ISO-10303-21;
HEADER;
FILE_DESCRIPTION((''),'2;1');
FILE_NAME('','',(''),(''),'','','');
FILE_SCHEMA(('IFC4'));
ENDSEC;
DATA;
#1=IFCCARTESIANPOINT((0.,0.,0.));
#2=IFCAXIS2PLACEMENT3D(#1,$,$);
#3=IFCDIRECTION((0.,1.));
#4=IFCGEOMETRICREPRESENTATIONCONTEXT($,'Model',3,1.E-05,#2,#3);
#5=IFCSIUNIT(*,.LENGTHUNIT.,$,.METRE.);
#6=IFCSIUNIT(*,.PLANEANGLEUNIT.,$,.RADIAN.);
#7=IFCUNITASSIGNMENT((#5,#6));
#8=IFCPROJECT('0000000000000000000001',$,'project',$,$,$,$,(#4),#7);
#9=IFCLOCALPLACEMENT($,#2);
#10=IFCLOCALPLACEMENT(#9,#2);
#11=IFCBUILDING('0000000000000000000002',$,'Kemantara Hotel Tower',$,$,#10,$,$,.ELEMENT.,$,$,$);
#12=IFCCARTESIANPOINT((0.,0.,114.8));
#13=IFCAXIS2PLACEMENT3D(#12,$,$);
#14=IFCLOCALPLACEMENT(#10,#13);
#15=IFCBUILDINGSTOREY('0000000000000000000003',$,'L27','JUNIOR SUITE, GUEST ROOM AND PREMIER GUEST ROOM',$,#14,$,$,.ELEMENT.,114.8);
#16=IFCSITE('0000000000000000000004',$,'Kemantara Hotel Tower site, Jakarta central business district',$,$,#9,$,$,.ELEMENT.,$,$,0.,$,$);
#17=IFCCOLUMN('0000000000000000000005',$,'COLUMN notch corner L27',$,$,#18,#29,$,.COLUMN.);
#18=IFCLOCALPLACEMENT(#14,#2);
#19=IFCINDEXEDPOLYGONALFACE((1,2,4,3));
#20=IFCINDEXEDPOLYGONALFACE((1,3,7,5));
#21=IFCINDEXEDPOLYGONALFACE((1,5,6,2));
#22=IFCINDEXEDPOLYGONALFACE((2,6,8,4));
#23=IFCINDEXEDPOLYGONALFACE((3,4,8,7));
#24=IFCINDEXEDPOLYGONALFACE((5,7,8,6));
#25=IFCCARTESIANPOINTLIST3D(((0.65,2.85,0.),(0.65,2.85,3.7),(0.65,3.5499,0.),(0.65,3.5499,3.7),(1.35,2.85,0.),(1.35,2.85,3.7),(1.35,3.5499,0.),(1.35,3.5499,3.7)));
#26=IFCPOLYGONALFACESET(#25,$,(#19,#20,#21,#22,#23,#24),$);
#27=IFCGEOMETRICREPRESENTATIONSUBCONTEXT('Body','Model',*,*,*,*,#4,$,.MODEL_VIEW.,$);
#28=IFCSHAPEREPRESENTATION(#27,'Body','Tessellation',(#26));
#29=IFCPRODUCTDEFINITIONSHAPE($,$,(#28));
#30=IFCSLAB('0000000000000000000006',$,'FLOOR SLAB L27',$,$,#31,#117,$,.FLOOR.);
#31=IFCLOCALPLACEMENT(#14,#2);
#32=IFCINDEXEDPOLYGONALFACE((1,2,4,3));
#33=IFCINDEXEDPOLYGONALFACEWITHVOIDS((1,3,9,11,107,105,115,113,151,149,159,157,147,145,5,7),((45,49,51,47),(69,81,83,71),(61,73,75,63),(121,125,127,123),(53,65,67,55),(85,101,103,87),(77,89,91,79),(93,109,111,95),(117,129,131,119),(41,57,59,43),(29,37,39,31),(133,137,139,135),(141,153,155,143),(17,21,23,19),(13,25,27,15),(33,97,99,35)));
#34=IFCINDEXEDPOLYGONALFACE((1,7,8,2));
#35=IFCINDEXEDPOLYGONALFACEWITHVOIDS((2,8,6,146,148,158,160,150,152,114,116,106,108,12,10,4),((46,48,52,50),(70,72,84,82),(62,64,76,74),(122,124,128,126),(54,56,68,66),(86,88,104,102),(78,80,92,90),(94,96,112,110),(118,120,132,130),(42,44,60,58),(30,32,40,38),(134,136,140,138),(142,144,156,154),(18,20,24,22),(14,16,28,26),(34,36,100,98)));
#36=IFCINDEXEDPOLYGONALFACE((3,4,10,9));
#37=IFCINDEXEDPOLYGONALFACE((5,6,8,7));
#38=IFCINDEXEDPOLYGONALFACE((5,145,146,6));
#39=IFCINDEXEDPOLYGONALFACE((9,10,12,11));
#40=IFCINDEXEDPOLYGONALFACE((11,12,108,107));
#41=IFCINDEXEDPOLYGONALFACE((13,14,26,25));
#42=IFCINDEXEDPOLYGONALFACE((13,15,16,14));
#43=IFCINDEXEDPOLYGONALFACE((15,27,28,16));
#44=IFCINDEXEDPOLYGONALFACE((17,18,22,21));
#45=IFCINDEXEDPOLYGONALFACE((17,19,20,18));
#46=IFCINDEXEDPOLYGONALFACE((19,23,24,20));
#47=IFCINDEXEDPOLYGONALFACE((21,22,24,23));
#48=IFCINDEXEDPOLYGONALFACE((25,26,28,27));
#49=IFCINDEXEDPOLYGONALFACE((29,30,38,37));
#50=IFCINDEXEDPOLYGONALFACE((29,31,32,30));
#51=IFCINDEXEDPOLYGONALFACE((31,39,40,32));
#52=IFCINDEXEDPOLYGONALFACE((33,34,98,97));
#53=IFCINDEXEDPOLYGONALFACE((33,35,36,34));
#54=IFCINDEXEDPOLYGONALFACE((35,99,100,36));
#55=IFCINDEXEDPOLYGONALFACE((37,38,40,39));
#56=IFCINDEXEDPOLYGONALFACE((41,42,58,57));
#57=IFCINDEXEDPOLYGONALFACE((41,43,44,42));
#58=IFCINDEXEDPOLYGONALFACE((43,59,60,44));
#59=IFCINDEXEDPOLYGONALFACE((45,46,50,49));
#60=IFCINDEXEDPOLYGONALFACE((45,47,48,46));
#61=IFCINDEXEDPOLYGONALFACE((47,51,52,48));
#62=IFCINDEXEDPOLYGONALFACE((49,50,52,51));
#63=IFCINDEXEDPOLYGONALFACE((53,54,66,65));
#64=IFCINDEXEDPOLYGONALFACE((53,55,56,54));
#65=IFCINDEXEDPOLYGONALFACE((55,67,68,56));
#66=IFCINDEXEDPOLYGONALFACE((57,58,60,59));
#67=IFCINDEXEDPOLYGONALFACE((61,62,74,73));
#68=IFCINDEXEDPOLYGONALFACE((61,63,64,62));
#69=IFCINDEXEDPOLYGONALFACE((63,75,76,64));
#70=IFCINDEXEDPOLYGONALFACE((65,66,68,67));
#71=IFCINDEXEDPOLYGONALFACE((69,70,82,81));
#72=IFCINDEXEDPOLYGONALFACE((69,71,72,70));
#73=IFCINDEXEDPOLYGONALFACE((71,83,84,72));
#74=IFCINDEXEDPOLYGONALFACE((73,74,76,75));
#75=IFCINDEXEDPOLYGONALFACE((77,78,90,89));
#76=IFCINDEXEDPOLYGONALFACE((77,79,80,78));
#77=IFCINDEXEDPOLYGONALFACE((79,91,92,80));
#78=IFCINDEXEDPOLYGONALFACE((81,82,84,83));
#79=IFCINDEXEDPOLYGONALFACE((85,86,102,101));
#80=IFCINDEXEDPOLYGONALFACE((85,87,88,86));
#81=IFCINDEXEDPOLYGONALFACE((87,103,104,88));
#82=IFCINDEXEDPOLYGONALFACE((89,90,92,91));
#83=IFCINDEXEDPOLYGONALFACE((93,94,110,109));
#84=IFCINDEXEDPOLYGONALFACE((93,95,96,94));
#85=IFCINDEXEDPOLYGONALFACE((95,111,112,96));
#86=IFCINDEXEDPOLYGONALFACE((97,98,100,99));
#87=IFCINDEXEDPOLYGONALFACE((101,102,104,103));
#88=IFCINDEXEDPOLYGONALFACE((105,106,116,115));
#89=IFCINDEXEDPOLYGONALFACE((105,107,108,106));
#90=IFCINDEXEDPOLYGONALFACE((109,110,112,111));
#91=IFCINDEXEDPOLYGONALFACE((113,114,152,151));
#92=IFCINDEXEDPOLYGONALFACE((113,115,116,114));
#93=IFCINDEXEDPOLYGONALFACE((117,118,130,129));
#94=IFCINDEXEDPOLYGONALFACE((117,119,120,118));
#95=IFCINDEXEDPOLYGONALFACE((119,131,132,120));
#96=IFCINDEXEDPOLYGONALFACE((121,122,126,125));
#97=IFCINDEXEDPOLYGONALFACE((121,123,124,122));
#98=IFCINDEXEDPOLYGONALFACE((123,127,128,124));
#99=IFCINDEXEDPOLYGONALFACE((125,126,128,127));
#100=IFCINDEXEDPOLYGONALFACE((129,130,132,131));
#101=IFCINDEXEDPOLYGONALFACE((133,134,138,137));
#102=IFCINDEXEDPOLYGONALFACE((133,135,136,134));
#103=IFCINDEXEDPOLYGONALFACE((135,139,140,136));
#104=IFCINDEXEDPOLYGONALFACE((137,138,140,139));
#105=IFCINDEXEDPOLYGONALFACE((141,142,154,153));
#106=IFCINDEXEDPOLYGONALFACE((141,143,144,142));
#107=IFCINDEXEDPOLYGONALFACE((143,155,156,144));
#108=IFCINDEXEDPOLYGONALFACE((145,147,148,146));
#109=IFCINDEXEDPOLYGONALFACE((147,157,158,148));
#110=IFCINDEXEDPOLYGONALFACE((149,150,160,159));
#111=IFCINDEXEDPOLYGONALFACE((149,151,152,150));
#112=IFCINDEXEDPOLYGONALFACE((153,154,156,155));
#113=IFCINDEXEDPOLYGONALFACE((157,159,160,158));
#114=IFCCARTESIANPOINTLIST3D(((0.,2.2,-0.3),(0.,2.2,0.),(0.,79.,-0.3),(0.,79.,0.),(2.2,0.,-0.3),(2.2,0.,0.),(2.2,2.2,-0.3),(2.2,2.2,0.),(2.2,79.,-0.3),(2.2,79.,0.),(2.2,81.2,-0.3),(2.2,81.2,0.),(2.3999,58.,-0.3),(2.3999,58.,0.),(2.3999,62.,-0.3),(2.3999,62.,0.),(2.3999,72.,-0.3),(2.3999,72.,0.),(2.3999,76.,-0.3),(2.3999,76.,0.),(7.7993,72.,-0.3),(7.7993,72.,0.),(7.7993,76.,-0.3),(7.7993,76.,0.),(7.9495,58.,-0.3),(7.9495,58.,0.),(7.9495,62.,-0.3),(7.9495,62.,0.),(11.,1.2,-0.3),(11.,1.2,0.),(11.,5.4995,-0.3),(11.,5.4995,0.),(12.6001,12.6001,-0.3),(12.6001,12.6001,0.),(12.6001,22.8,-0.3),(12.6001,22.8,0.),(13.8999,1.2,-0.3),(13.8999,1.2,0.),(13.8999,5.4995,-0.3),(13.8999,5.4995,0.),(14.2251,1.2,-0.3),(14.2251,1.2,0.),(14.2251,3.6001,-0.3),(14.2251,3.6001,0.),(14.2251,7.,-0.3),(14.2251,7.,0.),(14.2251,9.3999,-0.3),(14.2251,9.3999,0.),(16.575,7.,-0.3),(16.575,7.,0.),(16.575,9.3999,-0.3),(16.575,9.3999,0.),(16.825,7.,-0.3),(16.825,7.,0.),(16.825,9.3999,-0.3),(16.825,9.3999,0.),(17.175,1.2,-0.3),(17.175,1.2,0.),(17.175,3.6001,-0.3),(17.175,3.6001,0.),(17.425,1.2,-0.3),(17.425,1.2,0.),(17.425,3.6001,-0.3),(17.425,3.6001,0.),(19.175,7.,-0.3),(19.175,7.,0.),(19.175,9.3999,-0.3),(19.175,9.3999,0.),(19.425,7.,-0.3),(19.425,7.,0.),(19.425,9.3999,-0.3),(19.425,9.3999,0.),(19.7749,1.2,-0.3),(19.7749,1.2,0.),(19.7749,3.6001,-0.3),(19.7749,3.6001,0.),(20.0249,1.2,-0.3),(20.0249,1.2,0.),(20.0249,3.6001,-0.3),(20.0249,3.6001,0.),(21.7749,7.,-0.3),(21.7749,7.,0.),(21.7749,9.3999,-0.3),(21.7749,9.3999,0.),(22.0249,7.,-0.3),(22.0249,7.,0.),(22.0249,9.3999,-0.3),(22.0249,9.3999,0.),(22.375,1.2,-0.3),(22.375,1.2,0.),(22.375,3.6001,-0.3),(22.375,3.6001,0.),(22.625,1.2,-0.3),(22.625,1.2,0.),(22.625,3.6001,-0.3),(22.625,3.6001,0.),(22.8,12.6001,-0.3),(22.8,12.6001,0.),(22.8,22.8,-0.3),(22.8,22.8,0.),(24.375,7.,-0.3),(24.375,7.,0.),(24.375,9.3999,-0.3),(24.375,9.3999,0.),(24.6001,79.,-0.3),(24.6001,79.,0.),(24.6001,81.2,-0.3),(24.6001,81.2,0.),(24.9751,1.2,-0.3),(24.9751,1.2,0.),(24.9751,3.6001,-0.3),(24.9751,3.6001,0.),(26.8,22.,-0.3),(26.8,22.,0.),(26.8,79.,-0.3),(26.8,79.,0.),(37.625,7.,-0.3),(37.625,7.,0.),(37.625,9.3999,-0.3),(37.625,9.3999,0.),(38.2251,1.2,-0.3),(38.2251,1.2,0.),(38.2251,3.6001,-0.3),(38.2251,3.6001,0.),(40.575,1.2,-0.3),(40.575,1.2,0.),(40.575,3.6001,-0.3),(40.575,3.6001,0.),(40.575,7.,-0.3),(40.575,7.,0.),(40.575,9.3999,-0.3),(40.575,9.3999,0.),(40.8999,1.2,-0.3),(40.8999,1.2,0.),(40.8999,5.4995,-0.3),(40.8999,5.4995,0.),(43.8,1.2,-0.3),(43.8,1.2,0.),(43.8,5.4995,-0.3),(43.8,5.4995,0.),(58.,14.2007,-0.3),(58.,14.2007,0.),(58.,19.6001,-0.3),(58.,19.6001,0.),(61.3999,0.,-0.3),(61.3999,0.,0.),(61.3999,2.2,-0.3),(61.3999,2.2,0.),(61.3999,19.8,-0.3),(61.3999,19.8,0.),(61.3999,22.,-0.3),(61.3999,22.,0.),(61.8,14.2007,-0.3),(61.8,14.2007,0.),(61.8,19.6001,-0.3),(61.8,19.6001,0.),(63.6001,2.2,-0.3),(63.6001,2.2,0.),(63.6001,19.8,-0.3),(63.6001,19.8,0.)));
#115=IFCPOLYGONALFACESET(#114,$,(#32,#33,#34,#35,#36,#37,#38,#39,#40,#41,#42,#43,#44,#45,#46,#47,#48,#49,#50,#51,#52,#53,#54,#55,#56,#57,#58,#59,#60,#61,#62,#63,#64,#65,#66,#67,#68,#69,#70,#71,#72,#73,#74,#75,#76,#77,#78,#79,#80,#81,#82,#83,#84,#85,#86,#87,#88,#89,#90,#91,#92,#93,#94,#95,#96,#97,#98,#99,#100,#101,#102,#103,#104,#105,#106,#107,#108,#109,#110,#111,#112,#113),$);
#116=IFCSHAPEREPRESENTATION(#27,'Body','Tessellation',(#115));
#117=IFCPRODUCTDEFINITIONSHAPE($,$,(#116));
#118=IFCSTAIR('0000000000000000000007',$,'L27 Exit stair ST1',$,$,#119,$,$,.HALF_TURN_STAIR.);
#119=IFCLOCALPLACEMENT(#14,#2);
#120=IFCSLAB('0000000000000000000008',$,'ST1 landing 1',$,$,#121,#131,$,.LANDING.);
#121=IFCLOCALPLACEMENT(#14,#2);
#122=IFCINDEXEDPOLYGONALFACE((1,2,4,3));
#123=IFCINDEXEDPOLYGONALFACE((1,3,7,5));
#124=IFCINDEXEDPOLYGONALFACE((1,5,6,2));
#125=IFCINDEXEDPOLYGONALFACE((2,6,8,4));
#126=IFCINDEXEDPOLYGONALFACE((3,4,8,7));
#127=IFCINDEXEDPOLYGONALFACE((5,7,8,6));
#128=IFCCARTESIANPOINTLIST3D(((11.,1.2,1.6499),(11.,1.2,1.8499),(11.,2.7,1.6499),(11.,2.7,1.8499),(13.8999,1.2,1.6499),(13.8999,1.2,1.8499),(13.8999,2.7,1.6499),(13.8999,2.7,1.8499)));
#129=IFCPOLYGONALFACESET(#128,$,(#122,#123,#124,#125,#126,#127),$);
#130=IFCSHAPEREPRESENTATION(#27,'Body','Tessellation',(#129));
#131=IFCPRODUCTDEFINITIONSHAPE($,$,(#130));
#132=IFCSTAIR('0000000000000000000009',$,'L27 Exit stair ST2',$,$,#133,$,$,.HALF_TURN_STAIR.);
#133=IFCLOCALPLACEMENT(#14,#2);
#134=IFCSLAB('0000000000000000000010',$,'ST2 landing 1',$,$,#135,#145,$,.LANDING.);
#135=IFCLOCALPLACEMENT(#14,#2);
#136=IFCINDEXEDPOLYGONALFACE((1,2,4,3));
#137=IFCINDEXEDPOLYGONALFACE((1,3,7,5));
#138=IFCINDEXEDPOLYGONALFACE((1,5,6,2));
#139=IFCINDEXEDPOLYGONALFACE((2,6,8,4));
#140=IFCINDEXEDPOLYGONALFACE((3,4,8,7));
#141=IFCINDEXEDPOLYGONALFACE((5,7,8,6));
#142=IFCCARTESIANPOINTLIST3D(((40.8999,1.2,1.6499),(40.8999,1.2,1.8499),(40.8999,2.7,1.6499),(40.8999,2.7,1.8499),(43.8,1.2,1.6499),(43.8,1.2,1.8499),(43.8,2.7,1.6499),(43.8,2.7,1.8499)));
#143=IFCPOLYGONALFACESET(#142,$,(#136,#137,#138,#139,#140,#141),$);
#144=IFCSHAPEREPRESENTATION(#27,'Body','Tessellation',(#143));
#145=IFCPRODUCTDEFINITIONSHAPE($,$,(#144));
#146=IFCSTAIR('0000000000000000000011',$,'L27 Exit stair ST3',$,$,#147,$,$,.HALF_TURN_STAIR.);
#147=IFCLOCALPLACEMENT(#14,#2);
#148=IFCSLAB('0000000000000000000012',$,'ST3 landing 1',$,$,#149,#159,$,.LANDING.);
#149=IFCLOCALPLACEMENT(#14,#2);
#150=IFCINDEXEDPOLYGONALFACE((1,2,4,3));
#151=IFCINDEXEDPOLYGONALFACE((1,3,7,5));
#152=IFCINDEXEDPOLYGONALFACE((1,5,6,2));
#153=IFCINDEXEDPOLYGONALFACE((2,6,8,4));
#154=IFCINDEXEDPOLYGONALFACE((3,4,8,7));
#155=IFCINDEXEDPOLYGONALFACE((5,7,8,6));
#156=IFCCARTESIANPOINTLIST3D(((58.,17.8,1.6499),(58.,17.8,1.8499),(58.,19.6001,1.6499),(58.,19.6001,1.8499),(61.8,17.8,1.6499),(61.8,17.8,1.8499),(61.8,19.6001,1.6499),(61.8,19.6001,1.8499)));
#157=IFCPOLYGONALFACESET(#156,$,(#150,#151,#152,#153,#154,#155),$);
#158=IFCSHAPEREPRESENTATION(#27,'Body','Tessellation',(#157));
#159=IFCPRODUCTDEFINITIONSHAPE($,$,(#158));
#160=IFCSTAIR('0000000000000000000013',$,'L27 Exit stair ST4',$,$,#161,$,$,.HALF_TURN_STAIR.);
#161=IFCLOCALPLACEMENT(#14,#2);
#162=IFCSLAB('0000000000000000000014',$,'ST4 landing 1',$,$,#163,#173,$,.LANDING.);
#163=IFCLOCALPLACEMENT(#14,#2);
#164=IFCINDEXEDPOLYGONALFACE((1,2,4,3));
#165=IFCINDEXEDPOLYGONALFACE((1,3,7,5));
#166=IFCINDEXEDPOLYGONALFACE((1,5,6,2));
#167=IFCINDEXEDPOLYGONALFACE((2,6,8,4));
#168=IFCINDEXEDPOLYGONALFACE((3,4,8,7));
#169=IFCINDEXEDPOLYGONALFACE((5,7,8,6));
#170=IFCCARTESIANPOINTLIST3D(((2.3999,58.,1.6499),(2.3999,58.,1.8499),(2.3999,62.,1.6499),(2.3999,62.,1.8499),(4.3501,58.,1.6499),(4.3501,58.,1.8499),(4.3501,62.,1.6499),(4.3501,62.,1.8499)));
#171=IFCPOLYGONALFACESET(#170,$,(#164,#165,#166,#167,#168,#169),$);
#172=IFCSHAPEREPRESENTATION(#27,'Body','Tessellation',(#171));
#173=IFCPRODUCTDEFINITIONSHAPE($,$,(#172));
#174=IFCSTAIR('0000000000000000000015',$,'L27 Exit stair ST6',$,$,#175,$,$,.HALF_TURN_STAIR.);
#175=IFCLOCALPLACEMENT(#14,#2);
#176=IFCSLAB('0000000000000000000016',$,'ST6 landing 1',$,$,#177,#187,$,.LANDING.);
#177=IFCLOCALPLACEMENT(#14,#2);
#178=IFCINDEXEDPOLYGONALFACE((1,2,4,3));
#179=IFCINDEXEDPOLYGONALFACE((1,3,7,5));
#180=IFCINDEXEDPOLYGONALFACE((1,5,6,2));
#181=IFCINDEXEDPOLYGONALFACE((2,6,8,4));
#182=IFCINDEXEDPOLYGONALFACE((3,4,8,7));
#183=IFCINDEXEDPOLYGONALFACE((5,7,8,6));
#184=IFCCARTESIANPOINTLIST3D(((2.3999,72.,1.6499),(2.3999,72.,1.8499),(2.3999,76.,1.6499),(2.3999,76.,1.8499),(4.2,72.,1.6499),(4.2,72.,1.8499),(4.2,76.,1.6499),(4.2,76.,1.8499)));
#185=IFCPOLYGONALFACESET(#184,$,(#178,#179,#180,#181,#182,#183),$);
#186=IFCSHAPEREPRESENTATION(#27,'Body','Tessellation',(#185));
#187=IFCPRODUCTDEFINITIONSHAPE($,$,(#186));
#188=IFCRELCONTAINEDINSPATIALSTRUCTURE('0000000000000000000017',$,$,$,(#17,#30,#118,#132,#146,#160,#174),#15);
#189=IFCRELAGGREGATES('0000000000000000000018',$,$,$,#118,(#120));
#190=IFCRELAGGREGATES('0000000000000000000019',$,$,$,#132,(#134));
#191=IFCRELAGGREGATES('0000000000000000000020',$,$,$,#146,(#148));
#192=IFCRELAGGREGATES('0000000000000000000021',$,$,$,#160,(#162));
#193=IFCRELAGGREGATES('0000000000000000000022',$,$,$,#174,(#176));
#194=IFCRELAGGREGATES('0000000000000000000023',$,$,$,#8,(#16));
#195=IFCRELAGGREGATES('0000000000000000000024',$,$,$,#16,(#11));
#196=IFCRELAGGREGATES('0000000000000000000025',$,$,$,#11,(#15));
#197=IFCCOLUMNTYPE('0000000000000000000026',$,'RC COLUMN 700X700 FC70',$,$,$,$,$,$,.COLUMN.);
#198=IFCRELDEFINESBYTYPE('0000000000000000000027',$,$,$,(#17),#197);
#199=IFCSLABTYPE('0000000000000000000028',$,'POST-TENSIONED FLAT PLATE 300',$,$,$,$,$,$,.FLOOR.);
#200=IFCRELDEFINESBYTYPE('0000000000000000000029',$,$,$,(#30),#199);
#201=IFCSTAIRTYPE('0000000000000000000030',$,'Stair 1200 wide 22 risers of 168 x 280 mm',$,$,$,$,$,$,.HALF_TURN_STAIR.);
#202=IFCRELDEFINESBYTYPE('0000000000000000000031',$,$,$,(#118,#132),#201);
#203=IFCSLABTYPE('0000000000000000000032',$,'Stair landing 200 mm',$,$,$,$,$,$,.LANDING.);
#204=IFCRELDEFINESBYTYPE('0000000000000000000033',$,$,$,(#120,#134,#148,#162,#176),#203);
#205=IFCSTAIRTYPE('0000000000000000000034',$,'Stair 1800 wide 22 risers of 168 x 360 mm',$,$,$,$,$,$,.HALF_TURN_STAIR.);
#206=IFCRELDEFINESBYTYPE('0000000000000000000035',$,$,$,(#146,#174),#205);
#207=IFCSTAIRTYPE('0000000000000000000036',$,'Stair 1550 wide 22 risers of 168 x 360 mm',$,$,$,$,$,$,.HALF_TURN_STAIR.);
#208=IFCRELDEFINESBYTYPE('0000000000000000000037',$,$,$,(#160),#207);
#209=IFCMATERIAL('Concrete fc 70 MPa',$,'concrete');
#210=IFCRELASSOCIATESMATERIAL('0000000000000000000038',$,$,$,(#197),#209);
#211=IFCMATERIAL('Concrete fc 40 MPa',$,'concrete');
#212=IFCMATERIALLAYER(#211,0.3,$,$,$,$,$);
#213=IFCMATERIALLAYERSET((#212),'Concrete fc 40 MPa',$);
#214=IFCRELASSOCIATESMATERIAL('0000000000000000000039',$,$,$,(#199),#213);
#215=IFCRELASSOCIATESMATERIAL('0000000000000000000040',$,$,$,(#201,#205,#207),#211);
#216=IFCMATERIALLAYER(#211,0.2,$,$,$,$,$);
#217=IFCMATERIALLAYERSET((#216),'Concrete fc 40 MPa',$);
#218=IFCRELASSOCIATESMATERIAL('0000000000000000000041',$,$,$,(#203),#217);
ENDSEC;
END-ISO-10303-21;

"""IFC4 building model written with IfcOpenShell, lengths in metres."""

from ifc_helpers import new_model, si_unit, direction, frame, origin, origin_2d, place, context, subcontext, project, spatial, polyline, rectangle, outline, extrude, material, layer, layer_set, material_profile, profile_set, type_object, element, aggregate, save


model = new_model("IFC4")

# Units and contexts
model_context = context("Model", 3, precision=1e-05, world=origin(), true_north=direction((0.0, 1.0)))
body_context = subcontext(model_context, "Body", "Model", "MODEL_VIEW")
ifc_project = project(units=[si_unit("LENGTHUNIT", "METRE"), si_unit("PLANEANGLEUNIT", "RADIAN")], contexts=[model_context])

# Site, building, storey
site_placement = place(None, origin())
site = spatial("IfcSite", under=ifc_project, at=site_placement, Name="Kemantara Hotel Tower site, Jakarta central business district", CompositionType="ELEMENT", RefElevation=0.0)
building_placement = place(site_placement, origin())
building = spatial("IfcBuilding", under=site, at=building_placement, Name="Kemantara Hotel Tower", CompositionType="ELEMENT")
storey_placement = place(building_placement, frame((0.0, 0.0, 114.8)))
storey = spatial("IfcBuildingStorey", under=building, at=storey_placement, Name="L27", Description="JUNIOR SUITE, GUEST ROOM AND PREMIER GUEST ROOM", CompositionType="ELEMENT", Elevation=114.8)

# Column
ifc_material_1 = material(Name="Concrete fc 70 MPa", Category="concrete")
ifc_material_profile = material_profile(ifc_material_1, rectangle(XDim=0.7, YDim=0.7, at=origin_2d()), Name="RC 700X700")
ifc_profile_set = profile_set([ifc_material_profile], Name="Concrete fc 70 MPa")
column_type = type_object("IfcColumnType", Name="RC COLUMN 700X700 FC70", PredefinedType="COLUMN", material=ifc_profile_set)
column_placement = place(storey_placement, frame((1.0, 3.2, 0.0), z_axis=(0.0, 0.0, 1.0), x_axis=(1.0, 0.0, 0.0)))
element("IfcColumn", 1, at=column_placement, inside=storey, type_object=column_type, Name="COLUMN notch corner L27", PredefinedType="COLUMN", context=body_context, shape_type="SweptSolid", body=[
    extrude(rectangle(XDim=0.7, YDim=0.7, at=origin_2d()), origin(), (0.0, 0.0, 1.0), 3.7),
])

# Slab
ifc_material_2 = material(Name="Concrete fc 40 MPa", Category="concrete")
ifc_layer_1 = layer(ifc_material_2, 0.3)
ifc_layer_set_1 = layer_set([ifc_layer_1], Name="Concrete fc 40 MPa")
slab_type_1 = type_object("IfcSlabType", Name="POST-TENSIONED FLAT PLATE 300", PredefinedType="FLOOR", material=ifc_layer_set_1)
slab_1_placement = place(storey_placement, frame((0.0, 0.0, -0.3)))
element("IfcSlab", 2, at=slab_1_placement, inside=storey, type_object=slab_type_1, Name="FLOOR SLAB L27", PredefinedType="FLOOR", context=body_context, shape_type="SweptSolid", body=[
    extrude(outline(polyline([(26.8, 79.0), (24.6001, 79.0), (24.6001, 81.2), (2.2, 81.2), (2.2, 79.0), (0.0, 79.0), (0.0, 2.2), (2.2, 2.2), (2.2, 0.0), (61.3999, 0.0), (61.3999, 2.2), (63.6001, 2.2), (63.6001, 19.8), (61.3999, 19.8), (61.3999, 22.0), (26.8, 22.0), (26.8, 79.0)]), holes=[polyline([(17.175, 1.2), (14.2251, 1.2), (14.2251, 3.6001), (17.175, 3.6001), (17.175, 1.2)]), polyline([(19.7749, 1.2), (17.425, 1.2), (17.425, 3.6001), (19.7749, 3.6001), (19.7749, 1.2)]), polyline([(11.0, 1.2), (11.0, 5.4995), (13.8999, 5.4995), (13.8999, 1.2), (11.0, 1.2)]), polyline([(16.575, 7.0), (14.2251, 7.0), (14.2251, 9.3999), (16.575, 9.3999), (16.575, 7.0)]), polyline([(19.175, 7.0), (16.825, 7.0), (16.825, 9.3999), (19.175, 9.3999), (19.175, 7.0)]), polyline([(22.8, 12.6001), (12.6001, 12.6001), (12.6001, 22.8), (22.8, 22.8), (22.8, 12.6001)]), polyline([(2.3999, 62.0), (7.9495, 62.0), (7.9495, 58.0), (2.3999, 58.0), (2.3999, 62.0)]), polyline([(2.3999, 76.0), (7.7993, 76.0), (7.7993, 72.0), (2.3999, 72.0), (2.3999, 76.0)]), polyline([(22.375, 1.2), (20.0249, 1.2), (20.0249, 3.6001), (22.375, 3.6001), (22.375, 1.2)]), polyline([(24.9751, 1.2), (22.625, 1.2), (22.625, 3.6001), (24.9751, 3.6001), (24.9751, 1.2)]), polyline([(40.575, 1.2), (38.2251, 1.2), (38.2251, 3.6001), (40.575, 3.6001), (40.575, 1.2)]), polyline([(40.8999, 1.2), (40.8999, 5.4995), (43.8, 5.4995), (43.8, 1.2), (40.8999, 1.2)]), polyline([(21.7749, 7.0), (19.425, 7.0), (19.425, 9.3999), (21.7749, 9.3999), (21.7749, 7.0)]), polyline([(24.375, 7.0), (22.0249, 7.0), (22.0249, 9.3999), (24.375, 9.3999), (24.375, 7.0)]), polyline([(40.575, 7.0), (37.625, 7.0), (37.625, 9.3999), (40.575, 9.3999), (40.575, 7.0)]), polyline([(61.8, 19.6001), (61.8, 14.2007), (58.0, 14.2007), (58.0, 19.6001), (61.8, 19.6001)])]), origin(), (0.0, 0.0, 1.0), 0.3),
])

# Stairs, slabs
stair_type_1 = type_object("IfcStairType", Name="Stair 1200 wide 22 risers of 168 x 280 mm", PredefinedType="HALF_TURN_STAIR", material=ifc_material_2)
stair_1_placement = place(storey_placement, origin())
stair_1 = element("IfcStair", 3, at=stair_1_placement, inside=storey, type_object=stair_type_1, Name="L27 Exit stair ST1", PredefinedType="HALF_TURN_STAIR")
ifc_layer_2 = layer(ifc_material_2, 0.2)
ifc_layer_set_2 = layer_set([ifc_layer_2], Name="Concrete fc 40 MPa")
slab_type_2 = type_object("IfcSlabType", Name="Stair landing 200 mm", PredefinedType="LANDING", material=ifc_layer_set_2)
slab_2_placement = place(storey_placement, frame((0.0, 0.0, 1.6499)))
slab_2 = element("IfcSlab", 4, at=slab_2_placement, type_object=slab_type_2, Name="ST1 landing 1", PredefinedType="LANDING", context=body_context, shape_type="SweptSolid", body=[
    extrude(outline(polyline([(11.0, 2.7), (11.0, 1.2), (13.8999, 1.2), (13.8999, 2.7), (11.0, 2.7)])), origin(), (0.0, 0.0, 1.0), 0.2),
])
aggregate(stair_1, [slab_2])
stair_2_placement = place(storey_placement, origin())
stair_2 = element("IfcStair", 5, at=stair_2_placement, inside=storey, type_object=stair_type_1, Name="L27 Exit stair ST2", PredefinedType="HALF_TURN_STAIR")
slab_3_placement = place(storey_placement, frame((0.0, 0.0, 1.6499)))
slab_3 = element("IfcSlab", 6, at=slab_3_placement, type_object=slab_type_2, Name="ST2 landing 1", PredefinedType="LANDING", context=body_context, shape_type="SweptSolid", body=[
    extrude(outline(polyline([(40.8999, 2.7), (40.8999, 1.2), (43.8, 1.2), (43.8, 2.7), (40.8999, 2.7)])), origin(), (0.0, 0.0, 1.0), 0.2),
])
aggregate(stair_2, [slab_3])
stair_type_2 = type_object("IfcStairType", Name="Stair 1800 wide 22 risers of 168 x 360 mm", PredefinedType="HALF_TURN_STAIR", material=ifc_material_2)
stair_3_placement = place(storey_placement, origin())
stair_3 = element("IfcStair", 7, at=stair_3_placement, inside=storey, type_object=stair_type_2, Name="L27 Exit stair ST3", PredefinedType="HALF_TURN_STAIR")
slab_4_placement = place(storey_placement, frame((0.0, 0.0, 1.6499)))
slab_4 = element("IfcSlab", 8, at=slab_4_placement, type_object=slab_type_2, Name="ST3 landing 1", PredefinedType="LANDING", context=body_context, shape_type="SweptSolid", body=[
    extrude(outline(polyline([(61.8, 17.8), (61.8, 19.6001), (58.0, 19.6001), (58.0, 17.8), (61.8, 17.8)])), origin(), (0.0, 0.0, 1.0), 0.2),
])
aggregate(stair_3, [slab_4])
stair_type_3 = type_object("IfcStairType", Name="Stair 1550 wide 22 risers of 168 x 360 mm", PredefinedType="HALF_TURN_STAIR", material=ifc_material_2)
stair_4_placement = place(storey_placement, origin())
stair_4 = element("IfcStair", 9, at=stair_4_placement, inside=storey, type_object=stair_type_3, Name="L27 Exit stair ST4", PredefinedType="HALF_TURN_STAIR")
slab_5_placement = place(storey_placement, frame((0.0, 0.0, 1.6499)))
slab_5 = element("IfcSlab", 10, at=slab_5_placement, type_object=slab_type_2, Name="ST4 landing 1", PredefinedType="LANDING", context=body_context, shape_type="SweptSolid", body=[
    extrude(outline(polyline([(4.3501, 62.0), (2.3999, 62.0), (2.3999, 58.0), (4.3501, 58.0), (4.3501, 62.0)])), origin(), (0.0, 0.0, 1.0), 0.2),
])
aggregate(stair_4, [slab_5])
stair_5_placement = place(storey_placement, origin())
stair_5 = element("IfcStair", 11, at=stair_5_placement, inside=storey, type_object=stair_type_2, Name="L27 Exit stair ST6", PredefinedType="HALF_TURN_STAIR")
slab_6_placement = place(storey_placement, frame((0.0, 0.0, 1.6499)))
slab_6 = element("IfcSlab", 12, at=slab_6_placement, type_object=slab_type_2, Name="ST6 landing 1", PredefinedType="LANDING", context=body_context, shape_type="SweptSolid", body=[
    extrude(outline(polyline([(4.2, 76.0), (2.3999, 76.0), (2.3999, 72.0), (4.2, 72.0), (4.2, 76.0)])), origin(), (0.0, 0.0, 1.0), 0.2),
])
aggregate(stair_5, [slab_6])

save(model, "model.ifc")
